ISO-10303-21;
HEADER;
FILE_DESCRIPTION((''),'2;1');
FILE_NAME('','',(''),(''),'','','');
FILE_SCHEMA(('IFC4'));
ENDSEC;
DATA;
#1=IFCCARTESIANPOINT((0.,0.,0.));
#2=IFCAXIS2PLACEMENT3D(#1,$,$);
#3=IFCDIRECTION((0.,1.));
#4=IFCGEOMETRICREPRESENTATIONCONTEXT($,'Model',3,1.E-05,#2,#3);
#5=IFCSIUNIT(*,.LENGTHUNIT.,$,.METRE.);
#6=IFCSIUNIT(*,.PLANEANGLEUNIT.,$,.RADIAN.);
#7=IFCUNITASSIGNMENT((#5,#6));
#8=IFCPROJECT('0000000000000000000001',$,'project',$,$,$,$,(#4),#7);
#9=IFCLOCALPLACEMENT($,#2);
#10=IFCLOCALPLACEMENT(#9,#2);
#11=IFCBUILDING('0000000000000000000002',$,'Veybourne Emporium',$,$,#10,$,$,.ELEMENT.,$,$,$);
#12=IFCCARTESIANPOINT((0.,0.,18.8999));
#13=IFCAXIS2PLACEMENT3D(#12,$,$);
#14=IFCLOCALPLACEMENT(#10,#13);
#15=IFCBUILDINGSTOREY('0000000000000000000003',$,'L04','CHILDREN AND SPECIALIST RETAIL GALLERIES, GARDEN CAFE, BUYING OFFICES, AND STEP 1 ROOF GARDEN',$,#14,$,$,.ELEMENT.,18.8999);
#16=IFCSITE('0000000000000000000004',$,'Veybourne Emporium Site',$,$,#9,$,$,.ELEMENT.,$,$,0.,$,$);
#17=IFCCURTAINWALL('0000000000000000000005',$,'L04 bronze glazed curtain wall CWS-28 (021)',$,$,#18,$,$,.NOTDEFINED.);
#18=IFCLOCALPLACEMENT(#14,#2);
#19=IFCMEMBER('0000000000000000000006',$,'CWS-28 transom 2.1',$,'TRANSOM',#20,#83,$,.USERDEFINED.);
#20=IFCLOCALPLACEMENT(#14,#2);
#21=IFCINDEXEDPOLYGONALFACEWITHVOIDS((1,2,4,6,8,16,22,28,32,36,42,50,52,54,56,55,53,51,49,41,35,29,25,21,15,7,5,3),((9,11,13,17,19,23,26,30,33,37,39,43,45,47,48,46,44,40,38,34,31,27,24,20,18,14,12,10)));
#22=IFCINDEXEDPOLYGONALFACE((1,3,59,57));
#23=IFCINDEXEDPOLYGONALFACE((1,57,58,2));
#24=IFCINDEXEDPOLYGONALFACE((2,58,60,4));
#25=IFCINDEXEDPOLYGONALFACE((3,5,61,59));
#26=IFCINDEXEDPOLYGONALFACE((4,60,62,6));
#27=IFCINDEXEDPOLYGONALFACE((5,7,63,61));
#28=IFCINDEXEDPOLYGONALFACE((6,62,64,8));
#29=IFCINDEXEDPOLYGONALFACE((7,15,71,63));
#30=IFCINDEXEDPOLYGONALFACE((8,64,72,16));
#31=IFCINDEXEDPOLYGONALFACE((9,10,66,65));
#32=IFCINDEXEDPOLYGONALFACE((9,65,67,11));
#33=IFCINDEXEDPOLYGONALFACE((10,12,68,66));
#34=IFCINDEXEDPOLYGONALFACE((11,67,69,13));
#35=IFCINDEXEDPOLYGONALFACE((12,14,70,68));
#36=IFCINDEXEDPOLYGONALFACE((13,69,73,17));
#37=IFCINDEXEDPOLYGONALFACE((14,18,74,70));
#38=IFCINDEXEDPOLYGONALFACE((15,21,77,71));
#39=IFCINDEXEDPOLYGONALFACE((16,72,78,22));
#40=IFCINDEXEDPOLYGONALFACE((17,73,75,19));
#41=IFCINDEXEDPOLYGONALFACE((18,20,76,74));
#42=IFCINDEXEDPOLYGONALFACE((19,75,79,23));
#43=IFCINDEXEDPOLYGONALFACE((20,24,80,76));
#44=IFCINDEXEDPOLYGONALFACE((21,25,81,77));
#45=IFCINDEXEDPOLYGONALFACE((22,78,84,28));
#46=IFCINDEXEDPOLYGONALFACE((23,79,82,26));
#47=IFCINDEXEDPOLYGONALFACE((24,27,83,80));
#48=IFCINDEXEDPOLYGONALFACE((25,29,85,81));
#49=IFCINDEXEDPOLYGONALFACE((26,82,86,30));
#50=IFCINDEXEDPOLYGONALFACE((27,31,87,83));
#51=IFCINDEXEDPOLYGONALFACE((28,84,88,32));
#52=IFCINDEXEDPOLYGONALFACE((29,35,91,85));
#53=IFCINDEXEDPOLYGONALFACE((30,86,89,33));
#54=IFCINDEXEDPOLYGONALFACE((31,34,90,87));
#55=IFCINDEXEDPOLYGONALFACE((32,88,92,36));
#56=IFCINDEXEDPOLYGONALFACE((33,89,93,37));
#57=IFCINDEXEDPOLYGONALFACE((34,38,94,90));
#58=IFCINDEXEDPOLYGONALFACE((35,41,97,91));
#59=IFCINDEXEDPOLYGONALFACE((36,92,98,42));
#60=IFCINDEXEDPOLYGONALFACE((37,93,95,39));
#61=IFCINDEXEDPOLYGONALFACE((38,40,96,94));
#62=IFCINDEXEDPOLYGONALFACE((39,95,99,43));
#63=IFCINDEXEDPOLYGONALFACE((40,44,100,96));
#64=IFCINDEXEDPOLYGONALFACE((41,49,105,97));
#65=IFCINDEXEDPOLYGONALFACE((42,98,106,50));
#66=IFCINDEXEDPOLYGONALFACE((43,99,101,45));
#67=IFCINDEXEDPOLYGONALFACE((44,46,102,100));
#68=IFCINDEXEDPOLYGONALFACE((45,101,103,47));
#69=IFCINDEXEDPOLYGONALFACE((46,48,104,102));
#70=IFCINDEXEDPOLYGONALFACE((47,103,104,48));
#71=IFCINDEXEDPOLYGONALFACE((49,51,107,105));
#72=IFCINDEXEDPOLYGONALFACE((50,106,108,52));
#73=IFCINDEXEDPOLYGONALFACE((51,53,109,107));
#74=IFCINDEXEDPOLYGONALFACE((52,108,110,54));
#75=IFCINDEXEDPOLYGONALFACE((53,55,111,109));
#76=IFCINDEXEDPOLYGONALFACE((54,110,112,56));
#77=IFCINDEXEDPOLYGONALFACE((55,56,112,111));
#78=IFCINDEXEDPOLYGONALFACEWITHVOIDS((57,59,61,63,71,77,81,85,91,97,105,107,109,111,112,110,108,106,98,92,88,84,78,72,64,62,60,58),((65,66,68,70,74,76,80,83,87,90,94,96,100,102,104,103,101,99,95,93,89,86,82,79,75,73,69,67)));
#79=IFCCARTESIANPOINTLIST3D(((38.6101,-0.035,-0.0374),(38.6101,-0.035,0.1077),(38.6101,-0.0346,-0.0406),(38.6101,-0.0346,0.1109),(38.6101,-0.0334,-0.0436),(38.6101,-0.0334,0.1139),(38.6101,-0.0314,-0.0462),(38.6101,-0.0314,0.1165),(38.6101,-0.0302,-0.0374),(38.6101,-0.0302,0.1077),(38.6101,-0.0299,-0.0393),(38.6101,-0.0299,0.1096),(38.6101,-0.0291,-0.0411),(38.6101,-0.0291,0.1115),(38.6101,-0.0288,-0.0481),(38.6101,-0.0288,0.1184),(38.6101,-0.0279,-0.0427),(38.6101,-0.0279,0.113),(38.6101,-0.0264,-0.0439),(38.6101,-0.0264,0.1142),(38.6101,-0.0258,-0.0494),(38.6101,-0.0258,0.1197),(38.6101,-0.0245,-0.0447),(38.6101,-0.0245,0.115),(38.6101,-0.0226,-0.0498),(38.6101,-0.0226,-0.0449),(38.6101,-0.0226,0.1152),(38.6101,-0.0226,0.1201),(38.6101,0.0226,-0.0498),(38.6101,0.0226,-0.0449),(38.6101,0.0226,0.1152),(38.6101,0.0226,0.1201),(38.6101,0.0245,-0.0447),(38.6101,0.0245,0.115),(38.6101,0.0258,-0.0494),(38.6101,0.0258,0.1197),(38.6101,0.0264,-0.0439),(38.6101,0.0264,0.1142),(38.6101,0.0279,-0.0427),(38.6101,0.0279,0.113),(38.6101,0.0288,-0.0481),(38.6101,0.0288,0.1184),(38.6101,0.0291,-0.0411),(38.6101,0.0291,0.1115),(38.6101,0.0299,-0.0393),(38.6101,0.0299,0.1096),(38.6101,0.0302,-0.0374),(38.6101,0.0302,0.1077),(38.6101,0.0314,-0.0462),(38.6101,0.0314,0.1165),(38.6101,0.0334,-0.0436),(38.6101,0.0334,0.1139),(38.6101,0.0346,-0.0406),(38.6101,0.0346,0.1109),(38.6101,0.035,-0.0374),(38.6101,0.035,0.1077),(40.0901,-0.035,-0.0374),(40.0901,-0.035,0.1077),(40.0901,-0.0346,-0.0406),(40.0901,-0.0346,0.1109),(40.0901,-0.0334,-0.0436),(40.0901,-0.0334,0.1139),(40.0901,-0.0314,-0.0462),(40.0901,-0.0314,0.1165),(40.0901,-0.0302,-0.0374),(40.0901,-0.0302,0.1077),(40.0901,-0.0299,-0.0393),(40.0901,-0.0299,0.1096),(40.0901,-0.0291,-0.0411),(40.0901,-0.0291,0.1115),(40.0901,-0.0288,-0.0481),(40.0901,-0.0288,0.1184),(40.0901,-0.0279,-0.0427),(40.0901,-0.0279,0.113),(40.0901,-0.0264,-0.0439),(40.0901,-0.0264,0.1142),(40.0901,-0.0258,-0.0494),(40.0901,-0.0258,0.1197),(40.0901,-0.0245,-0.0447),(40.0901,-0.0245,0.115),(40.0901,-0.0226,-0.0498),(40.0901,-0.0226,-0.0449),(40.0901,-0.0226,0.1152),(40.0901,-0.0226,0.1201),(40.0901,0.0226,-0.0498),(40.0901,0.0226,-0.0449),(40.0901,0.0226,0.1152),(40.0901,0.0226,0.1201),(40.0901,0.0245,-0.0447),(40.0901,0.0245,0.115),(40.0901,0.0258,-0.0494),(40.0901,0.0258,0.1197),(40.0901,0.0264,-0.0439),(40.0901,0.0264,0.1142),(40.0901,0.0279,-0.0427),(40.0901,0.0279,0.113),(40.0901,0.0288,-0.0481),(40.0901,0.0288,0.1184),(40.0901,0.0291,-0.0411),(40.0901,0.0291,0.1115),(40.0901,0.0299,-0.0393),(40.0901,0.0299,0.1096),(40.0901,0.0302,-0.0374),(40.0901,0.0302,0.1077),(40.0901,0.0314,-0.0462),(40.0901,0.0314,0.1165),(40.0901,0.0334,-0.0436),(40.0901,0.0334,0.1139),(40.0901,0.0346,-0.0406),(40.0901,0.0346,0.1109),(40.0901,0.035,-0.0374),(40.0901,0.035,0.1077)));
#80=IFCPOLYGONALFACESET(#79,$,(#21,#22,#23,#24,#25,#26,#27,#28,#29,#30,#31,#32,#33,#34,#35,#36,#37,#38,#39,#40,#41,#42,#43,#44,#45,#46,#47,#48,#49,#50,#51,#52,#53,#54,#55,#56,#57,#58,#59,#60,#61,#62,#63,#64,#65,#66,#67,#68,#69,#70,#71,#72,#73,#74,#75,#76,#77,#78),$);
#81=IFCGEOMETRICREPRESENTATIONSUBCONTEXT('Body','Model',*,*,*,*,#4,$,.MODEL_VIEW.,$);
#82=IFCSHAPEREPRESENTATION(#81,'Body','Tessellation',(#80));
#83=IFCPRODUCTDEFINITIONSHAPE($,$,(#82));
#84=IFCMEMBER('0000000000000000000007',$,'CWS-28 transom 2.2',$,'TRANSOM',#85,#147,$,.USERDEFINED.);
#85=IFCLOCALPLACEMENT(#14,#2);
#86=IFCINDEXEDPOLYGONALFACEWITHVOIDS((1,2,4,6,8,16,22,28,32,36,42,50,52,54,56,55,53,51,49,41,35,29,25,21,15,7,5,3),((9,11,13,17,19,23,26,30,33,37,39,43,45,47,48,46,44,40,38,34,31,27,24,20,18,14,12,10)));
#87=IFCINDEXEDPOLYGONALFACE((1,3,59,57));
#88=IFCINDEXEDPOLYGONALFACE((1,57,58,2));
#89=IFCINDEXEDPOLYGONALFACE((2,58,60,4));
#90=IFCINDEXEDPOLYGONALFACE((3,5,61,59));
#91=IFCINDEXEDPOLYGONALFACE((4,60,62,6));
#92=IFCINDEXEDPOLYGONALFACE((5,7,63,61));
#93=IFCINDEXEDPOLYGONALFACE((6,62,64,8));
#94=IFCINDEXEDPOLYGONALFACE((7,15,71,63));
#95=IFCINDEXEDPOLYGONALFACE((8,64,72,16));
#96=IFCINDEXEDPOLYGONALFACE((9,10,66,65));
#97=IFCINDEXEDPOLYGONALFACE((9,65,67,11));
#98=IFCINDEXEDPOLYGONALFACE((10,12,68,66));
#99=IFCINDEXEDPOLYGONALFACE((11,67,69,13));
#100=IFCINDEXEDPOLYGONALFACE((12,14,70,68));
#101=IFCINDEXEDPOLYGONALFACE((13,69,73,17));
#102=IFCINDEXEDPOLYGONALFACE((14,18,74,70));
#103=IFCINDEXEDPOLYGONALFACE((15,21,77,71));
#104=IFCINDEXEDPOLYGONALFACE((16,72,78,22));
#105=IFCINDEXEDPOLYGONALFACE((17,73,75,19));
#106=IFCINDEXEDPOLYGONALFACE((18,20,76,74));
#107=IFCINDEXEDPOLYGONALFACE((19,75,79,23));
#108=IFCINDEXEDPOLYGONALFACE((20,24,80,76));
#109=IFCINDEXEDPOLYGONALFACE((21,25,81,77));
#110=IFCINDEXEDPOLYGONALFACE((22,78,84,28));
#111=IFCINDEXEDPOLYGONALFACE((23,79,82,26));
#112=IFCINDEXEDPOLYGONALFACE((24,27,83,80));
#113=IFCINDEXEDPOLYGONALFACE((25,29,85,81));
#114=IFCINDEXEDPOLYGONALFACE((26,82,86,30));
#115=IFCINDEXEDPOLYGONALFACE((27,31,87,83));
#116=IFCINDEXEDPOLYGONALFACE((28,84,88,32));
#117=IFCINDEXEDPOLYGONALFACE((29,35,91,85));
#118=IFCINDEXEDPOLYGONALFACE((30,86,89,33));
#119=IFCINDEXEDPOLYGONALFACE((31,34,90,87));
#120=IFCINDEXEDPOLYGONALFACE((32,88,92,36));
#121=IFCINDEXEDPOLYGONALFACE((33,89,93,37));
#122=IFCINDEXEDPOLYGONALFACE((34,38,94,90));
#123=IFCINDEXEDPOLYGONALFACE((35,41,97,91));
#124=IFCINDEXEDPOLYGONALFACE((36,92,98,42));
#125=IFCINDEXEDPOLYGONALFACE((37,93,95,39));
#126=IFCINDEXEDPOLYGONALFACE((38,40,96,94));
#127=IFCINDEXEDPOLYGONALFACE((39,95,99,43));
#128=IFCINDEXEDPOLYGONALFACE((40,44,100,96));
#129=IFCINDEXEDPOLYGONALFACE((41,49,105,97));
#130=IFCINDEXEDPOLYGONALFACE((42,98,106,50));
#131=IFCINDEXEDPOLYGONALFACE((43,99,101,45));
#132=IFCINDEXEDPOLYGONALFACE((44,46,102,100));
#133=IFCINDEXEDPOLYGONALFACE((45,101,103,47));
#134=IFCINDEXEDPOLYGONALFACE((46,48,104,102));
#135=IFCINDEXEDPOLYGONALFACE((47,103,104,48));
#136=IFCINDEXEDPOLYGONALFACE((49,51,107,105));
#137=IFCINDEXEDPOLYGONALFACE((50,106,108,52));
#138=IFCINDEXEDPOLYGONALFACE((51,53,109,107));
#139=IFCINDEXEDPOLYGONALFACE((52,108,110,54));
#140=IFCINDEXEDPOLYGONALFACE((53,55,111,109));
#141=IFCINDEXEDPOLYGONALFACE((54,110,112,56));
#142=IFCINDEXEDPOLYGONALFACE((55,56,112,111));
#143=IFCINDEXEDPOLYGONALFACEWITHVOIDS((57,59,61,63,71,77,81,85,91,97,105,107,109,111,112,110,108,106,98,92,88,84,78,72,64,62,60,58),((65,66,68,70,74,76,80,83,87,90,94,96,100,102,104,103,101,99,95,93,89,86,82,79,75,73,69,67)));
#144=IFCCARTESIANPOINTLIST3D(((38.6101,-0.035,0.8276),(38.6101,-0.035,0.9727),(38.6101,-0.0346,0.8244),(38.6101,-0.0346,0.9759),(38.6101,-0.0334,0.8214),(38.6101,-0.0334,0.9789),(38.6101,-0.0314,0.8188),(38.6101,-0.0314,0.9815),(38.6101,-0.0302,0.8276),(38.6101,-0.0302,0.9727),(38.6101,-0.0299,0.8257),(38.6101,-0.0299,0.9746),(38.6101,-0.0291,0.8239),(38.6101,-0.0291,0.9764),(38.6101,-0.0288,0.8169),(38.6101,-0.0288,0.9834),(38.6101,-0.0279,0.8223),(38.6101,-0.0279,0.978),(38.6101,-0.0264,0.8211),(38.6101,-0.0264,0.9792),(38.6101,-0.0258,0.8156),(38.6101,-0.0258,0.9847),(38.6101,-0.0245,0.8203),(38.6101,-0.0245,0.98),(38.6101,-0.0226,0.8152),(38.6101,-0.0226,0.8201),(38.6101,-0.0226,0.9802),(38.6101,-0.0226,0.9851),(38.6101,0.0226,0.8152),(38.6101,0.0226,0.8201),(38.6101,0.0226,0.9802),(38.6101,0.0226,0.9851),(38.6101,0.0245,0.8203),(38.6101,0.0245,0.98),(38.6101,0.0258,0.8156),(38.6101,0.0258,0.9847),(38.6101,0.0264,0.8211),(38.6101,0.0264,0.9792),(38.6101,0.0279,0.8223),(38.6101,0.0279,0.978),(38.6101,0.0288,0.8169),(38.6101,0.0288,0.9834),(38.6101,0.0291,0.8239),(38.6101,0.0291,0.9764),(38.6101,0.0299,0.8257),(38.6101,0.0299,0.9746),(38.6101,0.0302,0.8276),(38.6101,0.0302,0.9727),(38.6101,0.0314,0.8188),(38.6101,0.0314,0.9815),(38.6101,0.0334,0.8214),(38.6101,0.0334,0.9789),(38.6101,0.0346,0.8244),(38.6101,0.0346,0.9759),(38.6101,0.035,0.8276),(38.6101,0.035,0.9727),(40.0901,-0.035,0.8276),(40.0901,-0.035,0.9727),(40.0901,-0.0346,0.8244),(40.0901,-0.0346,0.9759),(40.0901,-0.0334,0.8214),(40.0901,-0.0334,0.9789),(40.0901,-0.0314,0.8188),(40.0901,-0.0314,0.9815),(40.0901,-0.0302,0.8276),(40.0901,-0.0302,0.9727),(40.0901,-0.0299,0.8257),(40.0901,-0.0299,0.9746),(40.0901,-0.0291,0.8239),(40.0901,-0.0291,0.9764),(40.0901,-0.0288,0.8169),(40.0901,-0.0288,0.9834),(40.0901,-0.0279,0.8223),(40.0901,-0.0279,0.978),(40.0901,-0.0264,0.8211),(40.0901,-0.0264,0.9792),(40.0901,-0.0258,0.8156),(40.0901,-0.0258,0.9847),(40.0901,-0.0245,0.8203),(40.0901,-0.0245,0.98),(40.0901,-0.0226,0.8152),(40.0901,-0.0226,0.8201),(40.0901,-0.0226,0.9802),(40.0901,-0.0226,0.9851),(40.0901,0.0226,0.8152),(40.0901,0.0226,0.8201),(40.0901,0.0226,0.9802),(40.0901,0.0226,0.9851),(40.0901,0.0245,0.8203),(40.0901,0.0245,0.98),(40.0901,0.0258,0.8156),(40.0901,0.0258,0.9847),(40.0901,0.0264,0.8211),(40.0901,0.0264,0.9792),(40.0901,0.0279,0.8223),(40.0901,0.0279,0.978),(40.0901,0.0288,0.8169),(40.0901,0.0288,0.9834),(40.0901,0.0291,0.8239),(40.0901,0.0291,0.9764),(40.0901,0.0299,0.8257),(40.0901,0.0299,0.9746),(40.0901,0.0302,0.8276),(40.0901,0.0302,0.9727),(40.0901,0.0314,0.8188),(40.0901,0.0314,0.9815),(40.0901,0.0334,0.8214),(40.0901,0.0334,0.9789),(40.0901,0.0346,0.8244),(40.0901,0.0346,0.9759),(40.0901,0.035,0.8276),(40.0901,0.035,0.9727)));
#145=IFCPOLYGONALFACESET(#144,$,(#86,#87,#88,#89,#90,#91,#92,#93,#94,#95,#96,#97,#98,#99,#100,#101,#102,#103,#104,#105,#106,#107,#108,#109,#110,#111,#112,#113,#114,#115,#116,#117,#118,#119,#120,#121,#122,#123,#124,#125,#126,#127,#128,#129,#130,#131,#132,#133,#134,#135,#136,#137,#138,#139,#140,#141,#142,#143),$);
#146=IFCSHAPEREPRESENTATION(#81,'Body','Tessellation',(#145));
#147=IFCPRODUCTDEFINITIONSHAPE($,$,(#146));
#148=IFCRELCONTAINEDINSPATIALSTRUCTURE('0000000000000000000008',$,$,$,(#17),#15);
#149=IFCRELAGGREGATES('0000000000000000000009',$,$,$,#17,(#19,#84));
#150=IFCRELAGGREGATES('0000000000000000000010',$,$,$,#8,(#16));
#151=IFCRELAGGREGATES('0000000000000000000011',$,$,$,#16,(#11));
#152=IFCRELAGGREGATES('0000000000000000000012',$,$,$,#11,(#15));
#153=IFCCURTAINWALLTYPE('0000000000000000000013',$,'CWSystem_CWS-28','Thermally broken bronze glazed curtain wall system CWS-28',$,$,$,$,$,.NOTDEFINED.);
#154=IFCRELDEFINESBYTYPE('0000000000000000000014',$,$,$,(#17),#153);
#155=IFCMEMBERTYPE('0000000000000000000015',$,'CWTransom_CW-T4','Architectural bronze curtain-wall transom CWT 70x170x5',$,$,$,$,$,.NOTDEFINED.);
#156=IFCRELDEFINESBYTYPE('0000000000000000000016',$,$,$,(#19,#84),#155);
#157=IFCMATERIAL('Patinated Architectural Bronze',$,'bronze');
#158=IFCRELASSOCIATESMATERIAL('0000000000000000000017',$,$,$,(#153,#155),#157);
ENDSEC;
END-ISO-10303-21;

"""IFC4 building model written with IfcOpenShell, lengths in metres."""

from ifc_helpers import new_model, si_unit, direction, frame, origin, origin_2d, place, context, subcontext, project, spatial, hollow_rectangle, extrude, material, material_profile, profile_set, type_object, element, aggregate, save


model = new_model("IFC4")

# Units and contexts
model_context = context("Model", 3, precision=1e-05, world=origin(), true_north=direction((0.0, 1.0)))
body_context = subcontext(model_context, "Body", "Model", "MODEL_VIEW")
ifc_project = project(units=[si_unit("LENGTHUNIT", "METRE"), si_unit("PLANEANGLEUNIT", "RADIAN")], contexts=[model_context])

# Site, building, storey
site_placement = place(None, origin())
site = spatial("IfcSite", under=ifc_project, at=site_placement, Name="Veybourne Emporium Site", CompositionType="ELEMENT", RefElevation=0.0)
building_placement = place(site_placement, origin())
building = spatial("IfcBuilding", under=site, at=building_placement, Name="Veybourne Emporium", CompositionType="ELEMENT")
storey_placement = place(building_placement, frame((0.0, 0.0, 18.8999)))
storey = spatial("IfcBuildingStorey", under=building, at=storey_placement, Name="L04", Description="CHILDREN AND SPECIALIST RETAIL GALLERIES, GARDEN CAFE, BUYING OFFICES, AND STEP 1 ROOF GARDEN", CompositionType="ELEMENT", Elevation=18.8999)

# Curtain wall, members
ifc_material_1 = material(Name="Patinated Architectural Bronze", Category="bronze")
curtain_wall_type = type_object("IfcCurtainWallType", Name="CWSystem_CWS-28", Description="Thermally broken bronze glazed curtain wall system CWS-28", PredefinedType="NOTDEFINED", material=ifc_material_1)
curtain_wall_placement = place(storey_placement, origin())
curtain_wall = element("IfcCurtainWall", 1, at=curtain_wall_placement, inside=storey, type_object=curtain_wall_type, Name="L04 bronze glazed curtain wall CWS-28 (021)", PredefinedType="NOTDEFINED")
ifc_material_profile_1 = material_profile(ifc_material_1, hollow_rectangle(XDim=0.0701, YDim=0.1699, WallThickness=0.0049, InnerFilletRadius=0.0076, OuterFilletRadius=0.0125, at=origin_2d()), Name="CWT 70x170x5")
ifc_profile_set_1 = profile_set([ifc_material_profile_1], Name="Patinated Architectural Bronze")
member_type_1 = type_object("IfcMemberType", Name="CWTransom_CW-T4", Description="Architectural bronze curtain-wall transom CWT 70x170x5", PredefinedType="NOTDEFINED", material=ifc_profile_set_1)
member_1_placement = place(storey_placement, frame((40.0901, 0.0, 0.0352), z_axis=(-1.0, 0.0, 0.0), x_axis=(0.0, -1.0, 0.0)))
member_1 = element("IfcMember", 2, at=member_1_placement, type_object=member_type_1, Name="CWS-28 transom 2.1", ObjectType="TRANSOM", PredefinedType="USERDEFINED", context=body_context, shape_type="SweptSolid", body=[
    extrude(hollow_rectangle(XDim=0.0701, YDim=0.1699, WallThickness=0.0049, InnerFilletRadius=0.0076, OuterFilletRadius=0.0125, at=origin_2d()), origin(), (0.0, 0.0, 1.0), 1.48),
])
member_2_placement = place(storey_placement, frame((40.0901, 0.0, 0.9001), z_axis=(-1.0, 0.0, 0.0), x_axis=(0.0, -1.0, 0.0)))
member_2 = element("IfcMember", 3, at=member_2_placement, type_object=member_type_1, Name="CWS-28 transom 2.2", ObjectType="TRANSOM", PredefinedType="USERDEFINED", context=body_context, shape_type="SweptSolid", body=[
    extrude(hollow_rectangle(XDim=0.0701, YDim=0.1699, WallThickness=0.0049, InnerFilletRadius=0.0076, OuterFilletRadius=0.0125, at=origin_2d()), origin(), (0.0, 0.0, 1.0), 1.48),
])
aggregate(curtain_wall, [member_1, member_2])

save(model, "model.ifc")
